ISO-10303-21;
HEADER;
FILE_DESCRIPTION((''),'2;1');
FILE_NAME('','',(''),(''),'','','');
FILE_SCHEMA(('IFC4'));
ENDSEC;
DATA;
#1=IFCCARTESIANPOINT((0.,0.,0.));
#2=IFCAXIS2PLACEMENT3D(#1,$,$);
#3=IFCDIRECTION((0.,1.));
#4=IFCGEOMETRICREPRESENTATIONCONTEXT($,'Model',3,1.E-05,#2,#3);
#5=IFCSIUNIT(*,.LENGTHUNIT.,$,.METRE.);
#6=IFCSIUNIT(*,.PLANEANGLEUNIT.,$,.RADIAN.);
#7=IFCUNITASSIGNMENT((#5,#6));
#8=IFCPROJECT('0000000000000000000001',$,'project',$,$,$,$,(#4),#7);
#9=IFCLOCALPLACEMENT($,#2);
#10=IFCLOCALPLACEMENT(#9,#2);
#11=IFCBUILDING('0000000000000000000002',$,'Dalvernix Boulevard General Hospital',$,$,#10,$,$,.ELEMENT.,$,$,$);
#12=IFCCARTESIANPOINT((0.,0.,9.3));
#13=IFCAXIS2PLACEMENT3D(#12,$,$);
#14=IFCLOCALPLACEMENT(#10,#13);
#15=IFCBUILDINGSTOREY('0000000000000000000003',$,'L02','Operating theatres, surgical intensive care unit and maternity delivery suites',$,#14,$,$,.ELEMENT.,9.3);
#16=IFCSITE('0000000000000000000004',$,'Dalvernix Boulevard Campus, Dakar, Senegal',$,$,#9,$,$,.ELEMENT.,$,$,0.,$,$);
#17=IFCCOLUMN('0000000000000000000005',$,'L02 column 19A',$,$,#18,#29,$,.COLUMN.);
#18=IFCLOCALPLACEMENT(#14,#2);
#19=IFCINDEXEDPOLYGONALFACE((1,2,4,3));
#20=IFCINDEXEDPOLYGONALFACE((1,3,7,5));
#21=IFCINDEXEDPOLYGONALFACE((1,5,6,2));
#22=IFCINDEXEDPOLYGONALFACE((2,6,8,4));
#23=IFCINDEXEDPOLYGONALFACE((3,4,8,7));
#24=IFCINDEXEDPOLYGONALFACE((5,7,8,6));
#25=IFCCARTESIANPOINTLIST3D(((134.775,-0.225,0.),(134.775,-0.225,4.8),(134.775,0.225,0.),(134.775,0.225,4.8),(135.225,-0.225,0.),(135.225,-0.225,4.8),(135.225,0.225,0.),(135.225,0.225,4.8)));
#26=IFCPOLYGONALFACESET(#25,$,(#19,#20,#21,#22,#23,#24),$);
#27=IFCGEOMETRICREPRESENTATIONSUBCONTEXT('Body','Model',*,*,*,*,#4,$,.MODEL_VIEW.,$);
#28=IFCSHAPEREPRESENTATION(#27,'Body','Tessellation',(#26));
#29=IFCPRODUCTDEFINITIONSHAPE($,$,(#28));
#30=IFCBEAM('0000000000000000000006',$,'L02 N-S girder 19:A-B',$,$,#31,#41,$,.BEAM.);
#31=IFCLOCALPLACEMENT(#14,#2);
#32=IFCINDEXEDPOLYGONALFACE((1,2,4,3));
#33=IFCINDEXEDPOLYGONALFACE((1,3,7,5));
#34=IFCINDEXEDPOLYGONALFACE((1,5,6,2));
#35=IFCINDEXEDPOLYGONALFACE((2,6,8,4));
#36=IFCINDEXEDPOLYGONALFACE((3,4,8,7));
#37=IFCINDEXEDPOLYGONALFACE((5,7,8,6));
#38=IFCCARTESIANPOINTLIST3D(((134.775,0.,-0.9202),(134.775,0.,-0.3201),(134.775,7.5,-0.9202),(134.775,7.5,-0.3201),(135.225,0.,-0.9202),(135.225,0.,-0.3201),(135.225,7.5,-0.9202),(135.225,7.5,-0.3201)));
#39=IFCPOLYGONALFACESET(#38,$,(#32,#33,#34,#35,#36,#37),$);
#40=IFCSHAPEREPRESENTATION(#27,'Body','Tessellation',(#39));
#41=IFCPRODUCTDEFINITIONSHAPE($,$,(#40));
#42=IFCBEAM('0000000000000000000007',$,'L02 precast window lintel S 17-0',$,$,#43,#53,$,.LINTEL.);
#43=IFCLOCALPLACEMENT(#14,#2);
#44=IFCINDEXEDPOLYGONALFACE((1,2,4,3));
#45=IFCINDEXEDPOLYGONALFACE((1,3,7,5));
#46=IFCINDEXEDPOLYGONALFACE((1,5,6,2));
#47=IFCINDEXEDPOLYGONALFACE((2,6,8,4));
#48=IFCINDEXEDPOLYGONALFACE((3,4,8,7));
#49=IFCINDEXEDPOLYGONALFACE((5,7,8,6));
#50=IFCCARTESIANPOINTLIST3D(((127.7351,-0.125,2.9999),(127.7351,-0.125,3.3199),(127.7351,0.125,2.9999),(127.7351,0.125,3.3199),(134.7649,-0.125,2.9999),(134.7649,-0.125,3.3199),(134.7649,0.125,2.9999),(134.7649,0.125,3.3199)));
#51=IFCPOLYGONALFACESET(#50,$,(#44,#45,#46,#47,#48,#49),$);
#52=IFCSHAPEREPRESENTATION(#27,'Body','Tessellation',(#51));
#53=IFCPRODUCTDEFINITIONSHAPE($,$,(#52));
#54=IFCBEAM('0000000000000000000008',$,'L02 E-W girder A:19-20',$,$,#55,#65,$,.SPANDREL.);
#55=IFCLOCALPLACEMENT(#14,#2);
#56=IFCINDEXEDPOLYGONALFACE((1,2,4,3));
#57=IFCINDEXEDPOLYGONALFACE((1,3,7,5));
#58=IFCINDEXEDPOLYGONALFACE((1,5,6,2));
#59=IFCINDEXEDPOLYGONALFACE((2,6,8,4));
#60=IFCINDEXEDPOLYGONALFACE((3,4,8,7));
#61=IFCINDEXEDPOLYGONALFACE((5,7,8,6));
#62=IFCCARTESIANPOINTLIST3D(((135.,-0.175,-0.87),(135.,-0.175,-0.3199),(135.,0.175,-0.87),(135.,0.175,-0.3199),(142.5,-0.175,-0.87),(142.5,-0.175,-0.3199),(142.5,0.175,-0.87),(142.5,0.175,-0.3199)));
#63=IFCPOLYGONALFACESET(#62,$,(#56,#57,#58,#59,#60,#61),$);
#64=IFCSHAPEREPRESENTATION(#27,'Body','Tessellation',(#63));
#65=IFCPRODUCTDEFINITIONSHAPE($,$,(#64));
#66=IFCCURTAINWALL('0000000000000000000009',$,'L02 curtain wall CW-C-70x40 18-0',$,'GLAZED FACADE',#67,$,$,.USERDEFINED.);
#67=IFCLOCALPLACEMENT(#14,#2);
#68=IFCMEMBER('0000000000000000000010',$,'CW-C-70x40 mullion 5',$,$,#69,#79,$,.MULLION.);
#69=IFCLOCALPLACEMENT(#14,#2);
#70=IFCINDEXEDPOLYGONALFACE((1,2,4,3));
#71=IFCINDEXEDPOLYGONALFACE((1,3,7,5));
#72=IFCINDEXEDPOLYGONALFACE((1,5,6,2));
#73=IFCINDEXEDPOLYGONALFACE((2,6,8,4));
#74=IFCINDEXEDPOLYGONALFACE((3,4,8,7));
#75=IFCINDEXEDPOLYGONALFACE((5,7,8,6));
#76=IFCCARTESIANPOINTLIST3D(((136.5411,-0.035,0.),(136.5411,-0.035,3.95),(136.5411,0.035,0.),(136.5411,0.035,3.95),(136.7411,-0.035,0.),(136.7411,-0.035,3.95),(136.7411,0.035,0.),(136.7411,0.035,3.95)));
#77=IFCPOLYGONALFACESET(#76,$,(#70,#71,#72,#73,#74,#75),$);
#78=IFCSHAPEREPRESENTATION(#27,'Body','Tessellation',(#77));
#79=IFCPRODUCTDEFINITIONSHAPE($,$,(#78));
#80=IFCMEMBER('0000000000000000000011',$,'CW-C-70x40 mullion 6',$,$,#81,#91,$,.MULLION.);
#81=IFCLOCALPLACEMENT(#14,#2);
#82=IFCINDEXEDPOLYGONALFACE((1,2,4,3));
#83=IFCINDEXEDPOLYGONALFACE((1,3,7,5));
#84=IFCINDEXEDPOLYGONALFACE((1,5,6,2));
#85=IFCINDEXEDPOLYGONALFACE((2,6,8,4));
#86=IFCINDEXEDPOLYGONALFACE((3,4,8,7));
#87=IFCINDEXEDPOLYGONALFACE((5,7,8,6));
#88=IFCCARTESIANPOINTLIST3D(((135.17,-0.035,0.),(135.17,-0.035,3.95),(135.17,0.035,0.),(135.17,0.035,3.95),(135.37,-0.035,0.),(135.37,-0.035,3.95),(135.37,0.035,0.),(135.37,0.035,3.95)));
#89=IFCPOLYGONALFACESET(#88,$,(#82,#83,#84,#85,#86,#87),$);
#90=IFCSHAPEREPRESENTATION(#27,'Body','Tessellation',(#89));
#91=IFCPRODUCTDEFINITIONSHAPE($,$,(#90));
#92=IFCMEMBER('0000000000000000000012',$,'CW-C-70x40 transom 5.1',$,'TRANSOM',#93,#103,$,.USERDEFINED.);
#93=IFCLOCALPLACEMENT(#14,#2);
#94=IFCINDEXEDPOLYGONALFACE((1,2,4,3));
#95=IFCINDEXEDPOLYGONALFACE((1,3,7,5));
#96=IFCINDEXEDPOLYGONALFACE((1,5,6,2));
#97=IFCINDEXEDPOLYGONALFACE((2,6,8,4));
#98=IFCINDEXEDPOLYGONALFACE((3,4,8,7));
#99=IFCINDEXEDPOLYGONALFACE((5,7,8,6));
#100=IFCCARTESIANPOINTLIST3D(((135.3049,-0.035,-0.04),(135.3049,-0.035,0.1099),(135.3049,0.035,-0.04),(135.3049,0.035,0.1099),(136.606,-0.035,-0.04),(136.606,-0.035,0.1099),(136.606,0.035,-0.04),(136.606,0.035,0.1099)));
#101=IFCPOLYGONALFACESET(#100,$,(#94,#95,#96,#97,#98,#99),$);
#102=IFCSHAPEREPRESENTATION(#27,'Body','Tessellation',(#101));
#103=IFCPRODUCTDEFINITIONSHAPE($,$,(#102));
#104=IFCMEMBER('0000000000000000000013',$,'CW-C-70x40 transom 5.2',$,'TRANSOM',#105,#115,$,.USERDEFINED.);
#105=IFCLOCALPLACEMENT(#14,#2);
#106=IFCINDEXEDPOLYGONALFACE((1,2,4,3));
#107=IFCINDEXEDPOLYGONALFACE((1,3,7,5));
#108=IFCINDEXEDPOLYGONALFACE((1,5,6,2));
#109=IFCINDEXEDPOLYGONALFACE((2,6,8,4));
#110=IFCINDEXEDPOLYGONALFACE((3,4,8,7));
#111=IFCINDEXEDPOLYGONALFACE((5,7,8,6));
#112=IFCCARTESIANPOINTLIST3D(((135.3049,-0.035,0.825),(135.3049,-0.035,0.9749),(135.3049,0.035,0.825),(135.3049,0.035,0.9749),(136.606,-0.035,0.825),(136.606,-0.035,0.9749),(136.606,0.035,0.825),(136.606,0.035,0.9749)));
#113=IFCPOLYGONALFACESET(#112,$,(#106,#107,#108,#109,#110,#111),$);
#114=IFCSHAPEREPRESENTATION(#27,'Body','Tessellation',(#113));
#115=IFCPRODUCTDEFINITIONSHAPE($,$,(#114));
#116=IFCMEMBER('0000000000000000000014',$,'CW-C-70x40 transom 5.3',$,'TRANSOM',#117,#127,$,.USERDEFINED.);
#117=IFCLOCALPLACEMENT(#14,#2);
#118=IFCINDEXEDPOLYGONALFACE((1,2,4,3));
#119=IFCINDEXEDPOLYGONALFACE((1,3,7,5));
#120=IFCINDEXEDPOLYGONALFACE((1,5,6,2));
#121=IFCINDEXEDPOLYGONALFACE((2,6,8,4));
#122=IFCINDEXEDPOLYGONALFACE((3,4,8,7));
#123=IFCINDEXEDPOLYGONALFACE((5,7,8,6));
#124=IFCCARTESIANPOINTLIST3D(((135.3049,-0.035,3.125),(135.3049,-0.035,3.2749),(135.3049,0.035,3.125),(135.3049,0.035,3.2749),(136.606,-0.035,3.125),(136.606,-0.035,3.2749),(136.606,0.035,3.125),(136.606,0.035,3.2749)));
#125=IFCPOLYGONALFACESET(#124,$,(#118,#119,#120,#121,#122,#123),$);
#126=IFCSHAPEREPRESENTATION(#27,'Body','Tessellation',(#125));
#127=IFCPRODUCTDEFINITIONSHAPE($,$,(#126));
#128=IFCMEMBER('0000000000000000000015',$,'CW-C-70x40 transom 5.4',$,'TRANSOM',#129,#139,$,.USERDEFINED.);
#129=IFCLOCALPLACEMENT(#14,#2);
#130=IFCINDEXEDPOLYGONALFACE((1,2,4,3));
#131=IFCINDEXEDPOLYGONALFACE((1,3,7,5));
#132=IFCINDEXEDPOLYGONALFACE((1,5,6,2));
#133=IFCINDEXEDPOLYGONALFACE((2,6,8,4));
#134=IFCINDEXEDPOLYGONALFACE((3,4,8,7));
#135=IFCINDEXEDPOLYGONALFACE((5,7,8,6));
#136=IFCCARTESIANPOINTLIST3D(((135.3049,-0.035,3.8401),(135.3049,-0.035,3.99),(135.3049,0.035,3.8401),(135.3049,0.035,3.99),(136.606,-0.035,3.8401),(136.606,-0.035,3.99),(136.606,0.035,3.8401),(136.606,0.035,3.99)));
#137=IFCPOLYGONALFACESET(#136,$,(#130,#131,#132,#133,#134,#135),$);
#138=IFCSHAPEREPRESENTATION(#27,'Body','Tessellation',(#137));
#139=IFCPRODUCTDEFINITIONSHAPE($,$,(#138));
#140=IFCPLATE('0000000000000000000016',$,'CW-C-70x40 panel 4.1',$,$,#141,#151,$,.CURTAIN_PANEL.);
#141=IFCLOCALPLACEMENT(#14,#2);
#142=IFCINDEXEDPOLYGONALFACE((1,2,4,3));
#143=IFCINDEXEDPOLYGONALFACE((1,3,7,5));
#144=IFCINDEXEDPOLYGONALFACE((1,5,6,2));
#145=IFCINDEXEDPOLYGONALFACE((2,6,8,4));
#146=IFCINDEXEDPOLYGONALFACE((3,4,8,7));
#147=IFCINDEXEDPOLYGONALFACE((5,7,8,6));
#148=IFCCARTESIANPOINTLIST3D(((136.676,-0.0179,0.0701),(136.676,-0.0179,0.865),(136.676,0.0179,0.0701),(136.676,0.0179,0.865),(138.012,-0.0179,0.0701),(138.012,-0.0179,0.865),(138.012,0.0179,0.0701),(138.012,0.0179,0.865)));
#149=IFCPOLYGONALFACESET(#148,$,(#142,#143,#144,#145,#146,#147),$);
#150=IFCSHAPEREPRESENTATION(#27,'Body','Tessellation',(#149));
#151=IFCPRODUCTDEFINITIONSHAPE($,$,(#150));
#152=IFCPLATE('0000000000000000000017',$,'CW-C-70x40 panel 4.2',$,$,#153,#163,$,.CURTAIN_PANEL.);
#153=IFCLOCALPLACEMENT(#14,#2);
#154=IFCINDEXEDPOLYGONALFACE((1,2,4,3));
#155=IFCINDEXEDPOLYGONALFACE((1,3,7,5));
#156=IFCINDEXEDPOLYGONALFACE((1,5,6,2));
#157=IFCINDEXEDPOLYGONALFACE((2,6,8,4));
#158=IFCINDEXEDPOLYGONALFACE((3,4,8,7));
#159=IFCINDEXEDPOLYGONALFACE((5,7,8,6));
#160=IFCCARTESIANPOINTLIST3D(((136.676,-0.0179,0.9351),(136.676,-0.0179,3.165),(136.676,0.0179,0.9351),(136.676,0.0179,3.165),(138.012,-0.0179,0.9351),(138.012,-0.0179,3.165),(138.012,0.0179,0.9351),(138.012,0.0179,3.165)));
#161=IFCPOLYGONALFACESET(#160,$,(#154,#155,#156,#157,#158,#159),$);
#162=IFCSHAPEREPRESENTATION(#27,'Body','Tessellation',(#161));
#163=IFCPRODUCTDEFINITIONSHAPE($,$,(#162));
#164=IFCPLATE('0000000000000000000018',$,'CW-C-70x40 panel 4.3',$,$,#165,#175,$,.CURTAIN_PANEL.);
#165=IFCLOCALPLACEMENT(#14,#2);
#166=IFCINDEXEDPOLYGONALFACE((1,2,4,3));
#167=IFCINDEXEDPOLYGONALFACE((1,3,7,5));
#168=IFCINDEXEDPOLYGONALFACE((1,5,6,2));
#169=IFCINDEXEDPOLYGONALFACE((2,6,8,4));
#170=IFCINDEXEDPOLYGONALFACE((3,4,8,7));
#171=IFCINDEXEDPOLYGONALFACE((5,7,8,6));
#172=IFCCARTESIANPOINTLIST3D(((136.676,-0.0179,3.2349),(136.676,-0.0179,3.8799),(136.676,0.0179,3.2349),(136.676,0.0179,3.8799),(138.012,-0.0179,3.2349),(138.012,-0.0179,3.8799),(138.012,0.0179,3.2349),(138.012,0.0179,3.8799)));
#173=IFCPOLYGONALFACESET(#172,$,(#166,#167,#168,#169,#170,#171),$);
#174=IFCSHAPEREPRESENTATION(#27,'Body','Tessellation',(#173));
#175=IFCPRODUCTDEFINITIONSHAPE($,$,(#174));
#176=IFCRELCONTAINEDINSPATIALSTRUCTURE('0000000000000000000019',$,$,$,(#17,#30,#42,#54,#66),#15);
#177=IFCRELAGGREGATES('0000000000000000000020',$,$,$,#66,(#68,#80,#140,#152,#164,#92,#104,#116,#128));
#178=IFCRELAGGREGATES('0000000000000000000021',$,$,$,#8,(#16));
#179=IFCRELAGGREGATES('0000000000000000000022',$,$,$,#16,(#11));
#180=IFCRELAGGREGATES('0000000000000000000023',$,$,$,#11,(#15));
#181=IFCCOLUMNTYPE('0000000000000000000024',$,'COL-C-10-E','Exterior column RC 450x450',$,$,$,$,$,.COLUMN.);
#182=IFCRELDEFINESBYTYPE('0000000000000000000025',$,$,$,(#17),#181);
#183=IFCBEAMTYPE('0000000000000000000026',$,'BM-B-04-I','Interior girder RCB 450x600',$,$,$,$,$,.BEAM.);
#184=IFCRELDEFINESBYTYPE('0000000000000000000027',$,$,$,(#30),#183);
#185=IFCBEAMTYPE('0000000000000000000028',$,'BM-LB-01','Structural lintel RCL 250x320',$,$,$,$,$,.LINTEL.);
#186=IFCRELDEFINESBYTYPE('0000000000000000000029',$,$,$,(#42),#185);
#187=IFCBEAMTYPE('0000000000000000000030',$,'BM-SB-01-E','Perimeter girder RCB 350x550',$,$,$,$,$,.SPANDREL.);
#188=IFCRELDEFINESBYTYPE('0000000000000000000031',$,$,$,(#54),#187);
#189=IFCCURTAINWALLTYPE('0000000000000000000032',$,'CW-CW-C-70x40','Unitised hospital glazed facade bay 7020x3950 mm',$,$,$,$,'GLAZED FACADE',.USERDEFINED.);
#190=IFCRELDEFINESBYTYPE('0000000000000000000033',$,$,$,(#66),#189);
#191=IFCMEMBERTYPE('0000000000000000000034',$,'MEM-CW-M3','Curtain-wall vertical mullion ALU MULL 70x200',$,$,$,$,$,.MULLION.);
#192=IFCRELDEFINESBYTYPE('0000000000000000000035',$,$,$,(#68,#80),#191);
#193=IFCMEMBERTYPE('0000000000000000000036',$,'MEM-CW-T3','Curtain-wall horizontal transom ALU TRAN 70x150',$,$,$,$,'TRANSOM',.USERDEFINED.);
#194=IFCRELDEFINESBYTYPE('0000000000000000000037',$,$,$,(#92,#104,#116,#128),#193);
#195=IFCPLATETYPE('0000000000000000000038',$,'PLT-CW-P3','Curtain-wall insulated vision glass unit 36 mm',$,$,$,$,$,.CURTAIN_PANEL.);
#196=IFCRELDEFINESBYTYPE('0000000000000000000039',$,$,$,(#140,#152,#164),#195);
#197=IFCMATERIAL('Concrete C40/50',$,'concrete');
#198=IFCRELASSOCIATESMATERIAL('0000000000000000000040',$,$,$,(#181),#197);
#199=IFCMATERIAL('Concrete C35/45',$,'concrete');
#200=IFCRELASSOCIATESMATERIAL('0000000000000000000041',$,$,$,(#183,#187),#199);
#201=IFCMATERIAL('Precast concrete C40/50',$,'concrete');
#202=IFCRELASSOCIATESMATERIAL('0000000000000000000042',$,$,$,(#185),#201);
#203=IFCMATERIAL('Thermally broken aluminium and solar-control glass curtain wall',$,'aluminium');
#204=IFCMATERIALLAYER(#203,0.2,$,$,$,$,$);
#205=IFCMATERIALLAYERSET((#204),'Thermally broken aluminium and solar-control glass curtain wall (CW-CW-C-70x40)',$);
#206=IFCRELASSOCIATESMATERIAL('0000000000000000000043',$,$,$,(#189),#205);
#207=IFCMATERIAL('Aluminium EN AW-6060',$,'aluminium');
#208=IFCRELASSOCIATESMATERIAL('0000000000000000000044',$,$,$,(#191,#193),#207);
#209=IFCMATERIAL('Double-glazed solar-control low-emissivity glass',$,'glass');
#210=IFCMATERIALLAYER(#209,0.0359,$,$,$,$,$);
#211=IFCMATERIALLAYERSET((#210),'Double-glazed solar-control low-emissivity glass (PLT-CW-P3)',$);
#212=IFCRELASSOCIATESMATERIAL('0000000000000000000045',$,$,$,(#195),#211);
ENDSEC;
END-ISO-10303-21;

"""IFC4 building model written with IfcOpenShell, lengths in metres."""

from ifc_helpers import new_model, si_unit, direction, frame, origin, origin_2d, place, context, subcontext, project, spatial, rectangle, extrude, material, layer, layer_set, material_profile, profile_set, type_object, element, aggregate, save


model = new_model("IFC4")

# Units and contexts
model_context = context("Model", 3, precision=1e-05, world=origin(), true_north=direction((0.0, 1.0)))
body_context = subcontext(model_context, "Body", "Model", "MODEL_VIEW")
ifc_project = project(units=[si_unit("LENGTHUNIT", "METRE"), si_unit("PLANEANGLEUNIT", "RADIAN")], contexts=[model_context])

# Site, building, storey
site_placement = place(None, origin())
site = spatial("IfcSite", under=ifc_project, at=site_placement, Name="Dalvernix Boulevard Campus, Dakar, Senegal", CompositionType="ELEMENT", RefElevation=0.0)
building_placement = place(site_placement, origin())
building = spatial("IfcBuilding", under=site, at=building_placement, Name="Dalvernix Boulevard General Hospital", CompositionType="ELEMENT")
storey_placement = place(building_placement, frame((0.0, 0.0, 9.3)))
storey = spatial("IfcBuildingStorey", under=building, at=storey_placement, Name="L02", Description="Operating theatres, surgical intensive care unit and maternity delivery suites", CompositionType="ELEMENT", Elevation=9.3)

# Column
ifc_material_1 = material(Name="Concrete C40/50", Category="concrete")
ifc_material_profile_1 = material_profile(ifc_material_1, rectangle(XDim=0.45, YDim=0.45, at=origin_2d()), Name="RC 450x450")
ifc_profile_set_1 = profile_set([ifc_material_profile_1], Name="Concrete C40/50")
column_type = type_object("IfcColumnType", Name="COL-C-10-E", Description="Exterior column RC 450x450", PredefinedType="COLUMN", material=ifc_profile_set_1)
column_placement = place(storey_placement, frame((135.0, 0.0, 0.0), z_axis=(0.0, 0.0, 1.0), x_axis=(1.0, 0.0, 0.0)))
element("IfcColumn", 1, at=column_placement, inside=storey, type_object=column_type, Name="L02 column 19A", PredefinedType="COLUMN", context=body_context, shape_type="SweptSolid", body=[
    extrude(rectangle(XDim=0.45, YDim=0.45, at=origin_2d()), origin(), (0.0, 0.0, 1.0), 4.8),
])

# Beams
ifc_material_2 = material(Name="Concrete C35/45", Category="concrete")
ifc_material_profile_2 = material_profile(ifc_material_2, rectangle(XDim=0.45, YDim=0.6001, at=origin_2d()), Name="RCB 450x600")
ifc_profile_set_2 = profile_set([ifc_material_profile_2], Name="Concrete C35/45")
beam_type_1 = type_object("IfcBeamType", Name="BM-B-04-I", Description="Interior girder RCB 450x600", PredefinedType="BEAM", material=ifc_profile_set_2)
beam_1_placement = place(storey_placement, frame((135.0, 0.0, -0.6201), z_axis=(0.0, 1.0, 0.0), x_axis=(-1.0, 0.0, 0.0)))
element("IfcBeam", 2, at=beam_1_placement, inside=storey, type_object=beam_type_1, Name="L02 N-S girder 19:A-B", PredefinedType="BEAM", context=body_context, shape_type="SweptSolid", body=[
    extrude(rectangle(XDim=0.45, YDim=0.6001, at=origin_2d()), origin(), (0.0, 0.0, 1.0), 7.5),
])
ifc_material_3 = material(Name="Precast concrete C40/50", Category="concrete")
ifc_material_profile_3 = material_profile(ifc_material_3, rectangle(XDim=0.25, YDim=0.3201, at=origin_2d()), Name="RCL 250x320")
ifc_profile_set_3 = profile_set([ifc_material_profile_3], Name="Precast concrete C40/50")
beam_type_2 = type_object("IfcBeamType", Name="BM-LB-01", Description="Structural lintel RCL 250x320", PredefinedType="LINTEL", material=ifc_profile_set_3)
beam_2_placement = place(storey_placement, frame((134.7649, 0.0, 3.1599), z_axis=(-1.0, 0.0, 0.0), x_axis=(0.0, -1.0, 0.0)))
element("IfcBeam", 3, at=beam_2_placement, inside=storey, type_object=beam_type_2, Name="L02 precast window lintel S 17-0", PredefinedType="LINTEL", context=body_context, shape_type="SweptSolid", body=[
    extrude(rectangle(XDim=0.25, YDim=0.3201, at=origin_2d()), origin(), (0.0, 0.0, 1.0), 7.0298),
])
ifc_material_profile_4 = material_profile(ifc_material_2, rectangle(XDim=0.3501, YDim=0.55, at=origin_2d()), Name="RCB 350x550")
ifc_profile_set_4 = profile_set([ifc_material_profile_4], Name="Concrete C35/45")
beam_type_3 = type_object("IfcBeamType", Name="BM-SB-01-E", Description="Perimeter girder RCB 350x550", PredefinedType="SPANDREL", material=ifc_profile_set_4)
beam_3_placement = place(storey_placement, frame((135.0, 0.0, -0.595), z_axis=(1.0, 0.0, 0.0), x_axis=(0.0, 1.0, 0.0)))
element("IfcBeam", 4, at=beam_3_placement, inside=storey, type_object=beam_type_3, Name="L02 E-W girder A:19-20", PredefinedType="SPANDREL", context=body_context, shape_type="SweptSolid", body=[
    extrude(rectangle(XDim=0.3501, YDim=0.55, at=origin_2d()), origin(), (0.0, 0.0, 1.0), 7.5),
])

# Curtain wall, members, plates
ifc_material_4 = material(Name="Thermally broken aluminium and solar-control glass curtain wall", Category="aluminium")
ifc_layer_1 = layer(ifc_material_4, 0.2)
ifc_layer_set_1 = layer_set([ifc_layer_1], Name="Thermally broken aluminium and solar-control glass curtain wall (CW-CW-C-70x40)")
curtain_wall_type = type_object("IfcCurtainWallType", Name="CW-CW-C-70x40", Description="Unitised hospital glazed facade bay 7020x3950 mm", ElementType="GLAZED FACADE", PredefinedType="USERDEFINED", material=ifc_layer_set_1)
curtain_wall_placement = place(storey_placement, origin())
curtain_wall = element("IfcCurtainWall", 5, at=curtain_wall_placement, inside=storey, type_object=curtain_wall_type, Name="L02 curtain wall CW-C-70x40 18-0", ObjectType="GLAZED FACADE", PredefinedType="USERDEFINED")
ifc_material_5 = material(Name="Aluminium EN AW-6060", Category="aluminium")
ifc_material_profile_5 = material_profile(ifc_material_5, rectangle(XDim=0.0701, YDim=0.2, at=origin_2d()), Name="ALU MULL 70x200")
ifc_profile_set_5 = profile_set([ifc_material_profile_5], Name="Aluminium EN AW-6060")
member_type_1 = type_object("IfcMemberType", Name="MEM-CW-M3", Description="Curtain-wall vertical mullion ALU MULL 70x200", PredefinedType="MULLION", material=ifc_profile_set_5)
member_1_placement = place(storey_placement, frame((136.6411, 0.0, 0.0), z_axis=(0.0, 0.0, 1.0), x_axis=(0.0, -1.0, 0.0)))
member_1 = element("IfcMember", 6, at=member_1_placement, type_object=member_type_1, Name="CW-C-70x40 mullion 5", PredefinedType="MULLION", context=body_context, shape_type="SweptSolid", body=[
    extrude(rectangle(XDim=0.0701, YDim=0.2, at=origin_2d()), origin(), (0.0, 0.0, 1.0), 3.95),
])
member_2_placement = place(storey_placement, frame((135.27, 0.0, 0.0), z_axis=(0.0, 0.0, 1.0), x_axis=(0.0, -1.0, 0.0)))
member_2 = element("IfcMember", 7, at=member_2_placement, type_object=member_type_1, Name="CW-C-70x40 mullion 6", PredefinedType="MULLION", context=body_context, shape_type="SweptSolid", body=[
    extrude(rectangle(XDim=0.0701, YDim=0.2, at=origin_2d()), origin(), (0.0, 0.0, 1.0), 3.95),
])
ifc_material_profile_6 = material_profile(ifc_material_5, rectangle(XDim=0.0701, YDim=0.1499, at=origin_2d()), Name="ALU TRAN 70x150")
ifc_profile_set_6 = profile_set([ifc_material_profile_6], Name="Aluminium EN AW-6060")
member_type_2 = type_object("IfcMemberType", Name="MEM-CW-T3", Description="Curtain-wall horizontal transom ALU TRAN 70x150", ElementType="TRANSOM", PredefinedType="USERDEFINED", material=ifc_profile_set_6)
member_3_placement = place(storey_placement, frame((136.606, 0.0, 0.0349), z_axis=(-1.0, 0.0, 0.0), x_axis=(0.0, -1.0, 0.0)))
member_3 = element("IfcMember", 8, at=member_3_placement, type_object=member_type_2, Name="CW-C-70x40 transom 5.1", ObjectType="TRANSOM", PredefinedType="USERDEFINED", context=body_context, shape_type="SweptSolid", body=[
    extrude(rectangle(XDim=0.0701, YDim=0.1499, at=origin_2d()), origin(), (0.0, 0.0, 1.0), 1.301),
])
member_4_placement = place(storey_placement, frame((136.606, 0.0, 0.8999), z_axis=(-1.0, 0.0, 0.0), x_axis=(0.0, -1.0, 0.0)))
member_4 = element("IfcMember", 9, at=member_4_placement, type_object=member_type_2, Name="CW-C-70x40 transom 5.2", ObjectType="TRANSOM", PredefinedType="USERDEFINED", context=body_context, shape_type="SweptSolid", body=[
    extrude(rectangle(XDim=0.0701, YDim=0.1499, at=origin_2d()), origin(), (0.0, 0.0, 1.0), 1.301),
])
member_5_placement = place(storey_placement, frame((136.606, 0.0, 3.2), z_axis=(-1.0, 0.0, 0.0), x_axis=(0.0, -1.0, 0.0)))
member_5 = element("IfcMember", 10, at=member_5_placement, type_object=member_type_2, Name="CW-C-70x40 transom 5.3", ObjectType="TRANSOM", PredefinedType="USERDEFINED", context=body_context, shape_type="SweptSolid", body=[
    extrude(rectangle(XDim=0.0701, YDim=0.1499, at=origin_2d()), origin(), (0.0, 0.0, 1.0), 1.301),
])
member_6_placement = place(storey_placement, frame((136.606, 0.0, 3.915), z_axis=(-1.0, 0.0, 0.0), x_axis=(0.0, -1.0, 0.0)))
member_6 = element("IfcMember", 11, at=member_6_placement, type_object=member_type_2, Name="CW-C-70x40 transom 5.4", ObjectType="TRANSOM", PredefinedType="USERDEFINED", context=body_context, shape_type="SweptSolid", body=[
    extrude(rectangle(XDim=0.0701, YDim=0.1499, at=origin_2d()), origin(), (0.0, 0.0, 1.0), 1.301),
])
ifc_material_6 = material(Name="Double-glazed solar-control low-emissivity glass", Category="glass")
ifc_layer_2 = layer(ifc_material_6, 0.0359)
ifc_layer_set_2 = layer_set([ifc_layer_2], Name="Double-glazed solar-control low-emissivity glass (PLT-CW-P3)")
plate_type = type_object("IfcPlateType", Name="PLT-CW-P3", Description="Curtain-wall insulated vision glass unit 36 mm", PredefinedType="CURTAIN_PANEL", material=ifc_layer_set_2)
plate_1_placement = place(storey_placement, frame((137.344, 0.0, 0.0701), z_axis=(0.0, 0.0, 1.0), x_axis=(-1.0, 0.0, 0.0)))
plate_1 = element("IfcPlate", 12, at=plate_1_placement, type_object=plate_type, Name="CW-C-70x40 panel 4.1", PredefinedType="CURTAIN_PANEL", context=body_context, shape_type="SweptSolid", body=[
    extrude(rectangle(XDim=1.3359, YDim=0.0359, at=origin_2d()), origin(), (0.0, 0.0, 1.0), 0.7949),
])
plate_2_placement = place(storey_placement, frame((137.344, 0.0, 0.9351), z_axis=(0.0, 0.0, 1.0), x_axis=(-1.0, 0.0, 0.0)))
plate_2 = element("IfcPlate", 13, at=plate_2_placement, type_object=plate_type, Name="CW-C-70x40 panel 4.2", PredefinedType="CURTAIN_PANEL", context=body_context, shape_type="SweptSolid", body=[
    extrude(rectangle(XDim=1.3359, YDim=0.0359, at=origin_2d()), origin(), (0.0, 0.0, 1.0), 2.23),
])
plate_3_placement = place(storey_placement, frame((137.344, 0.0, 3.2349), z_axis=(0.0, 0.0, 1.0), x_axis=(-1.0, 0.0, 0.0)))
plate_3 = element("IfcPlate", 14, at=plate_3_placement, type_object=plate_type, Name="CW-C-70x40 panel 4.3", PredefinedType="CURTAIN_PANEL", context=body_context, shape_type="SweptSolid", body=[
    extrude(rectangle(XDim=1.3359, YDim=0.0359, at=origin_2d()), origin(), (0.0, 0.0, 1.0), 0.645),
])
aggregate(curtain_wall, [member_1, member_2, plate_1, plate_2, plate_3, member_3, member_4, member_5, member_6])

save(model, "model.ifc")
